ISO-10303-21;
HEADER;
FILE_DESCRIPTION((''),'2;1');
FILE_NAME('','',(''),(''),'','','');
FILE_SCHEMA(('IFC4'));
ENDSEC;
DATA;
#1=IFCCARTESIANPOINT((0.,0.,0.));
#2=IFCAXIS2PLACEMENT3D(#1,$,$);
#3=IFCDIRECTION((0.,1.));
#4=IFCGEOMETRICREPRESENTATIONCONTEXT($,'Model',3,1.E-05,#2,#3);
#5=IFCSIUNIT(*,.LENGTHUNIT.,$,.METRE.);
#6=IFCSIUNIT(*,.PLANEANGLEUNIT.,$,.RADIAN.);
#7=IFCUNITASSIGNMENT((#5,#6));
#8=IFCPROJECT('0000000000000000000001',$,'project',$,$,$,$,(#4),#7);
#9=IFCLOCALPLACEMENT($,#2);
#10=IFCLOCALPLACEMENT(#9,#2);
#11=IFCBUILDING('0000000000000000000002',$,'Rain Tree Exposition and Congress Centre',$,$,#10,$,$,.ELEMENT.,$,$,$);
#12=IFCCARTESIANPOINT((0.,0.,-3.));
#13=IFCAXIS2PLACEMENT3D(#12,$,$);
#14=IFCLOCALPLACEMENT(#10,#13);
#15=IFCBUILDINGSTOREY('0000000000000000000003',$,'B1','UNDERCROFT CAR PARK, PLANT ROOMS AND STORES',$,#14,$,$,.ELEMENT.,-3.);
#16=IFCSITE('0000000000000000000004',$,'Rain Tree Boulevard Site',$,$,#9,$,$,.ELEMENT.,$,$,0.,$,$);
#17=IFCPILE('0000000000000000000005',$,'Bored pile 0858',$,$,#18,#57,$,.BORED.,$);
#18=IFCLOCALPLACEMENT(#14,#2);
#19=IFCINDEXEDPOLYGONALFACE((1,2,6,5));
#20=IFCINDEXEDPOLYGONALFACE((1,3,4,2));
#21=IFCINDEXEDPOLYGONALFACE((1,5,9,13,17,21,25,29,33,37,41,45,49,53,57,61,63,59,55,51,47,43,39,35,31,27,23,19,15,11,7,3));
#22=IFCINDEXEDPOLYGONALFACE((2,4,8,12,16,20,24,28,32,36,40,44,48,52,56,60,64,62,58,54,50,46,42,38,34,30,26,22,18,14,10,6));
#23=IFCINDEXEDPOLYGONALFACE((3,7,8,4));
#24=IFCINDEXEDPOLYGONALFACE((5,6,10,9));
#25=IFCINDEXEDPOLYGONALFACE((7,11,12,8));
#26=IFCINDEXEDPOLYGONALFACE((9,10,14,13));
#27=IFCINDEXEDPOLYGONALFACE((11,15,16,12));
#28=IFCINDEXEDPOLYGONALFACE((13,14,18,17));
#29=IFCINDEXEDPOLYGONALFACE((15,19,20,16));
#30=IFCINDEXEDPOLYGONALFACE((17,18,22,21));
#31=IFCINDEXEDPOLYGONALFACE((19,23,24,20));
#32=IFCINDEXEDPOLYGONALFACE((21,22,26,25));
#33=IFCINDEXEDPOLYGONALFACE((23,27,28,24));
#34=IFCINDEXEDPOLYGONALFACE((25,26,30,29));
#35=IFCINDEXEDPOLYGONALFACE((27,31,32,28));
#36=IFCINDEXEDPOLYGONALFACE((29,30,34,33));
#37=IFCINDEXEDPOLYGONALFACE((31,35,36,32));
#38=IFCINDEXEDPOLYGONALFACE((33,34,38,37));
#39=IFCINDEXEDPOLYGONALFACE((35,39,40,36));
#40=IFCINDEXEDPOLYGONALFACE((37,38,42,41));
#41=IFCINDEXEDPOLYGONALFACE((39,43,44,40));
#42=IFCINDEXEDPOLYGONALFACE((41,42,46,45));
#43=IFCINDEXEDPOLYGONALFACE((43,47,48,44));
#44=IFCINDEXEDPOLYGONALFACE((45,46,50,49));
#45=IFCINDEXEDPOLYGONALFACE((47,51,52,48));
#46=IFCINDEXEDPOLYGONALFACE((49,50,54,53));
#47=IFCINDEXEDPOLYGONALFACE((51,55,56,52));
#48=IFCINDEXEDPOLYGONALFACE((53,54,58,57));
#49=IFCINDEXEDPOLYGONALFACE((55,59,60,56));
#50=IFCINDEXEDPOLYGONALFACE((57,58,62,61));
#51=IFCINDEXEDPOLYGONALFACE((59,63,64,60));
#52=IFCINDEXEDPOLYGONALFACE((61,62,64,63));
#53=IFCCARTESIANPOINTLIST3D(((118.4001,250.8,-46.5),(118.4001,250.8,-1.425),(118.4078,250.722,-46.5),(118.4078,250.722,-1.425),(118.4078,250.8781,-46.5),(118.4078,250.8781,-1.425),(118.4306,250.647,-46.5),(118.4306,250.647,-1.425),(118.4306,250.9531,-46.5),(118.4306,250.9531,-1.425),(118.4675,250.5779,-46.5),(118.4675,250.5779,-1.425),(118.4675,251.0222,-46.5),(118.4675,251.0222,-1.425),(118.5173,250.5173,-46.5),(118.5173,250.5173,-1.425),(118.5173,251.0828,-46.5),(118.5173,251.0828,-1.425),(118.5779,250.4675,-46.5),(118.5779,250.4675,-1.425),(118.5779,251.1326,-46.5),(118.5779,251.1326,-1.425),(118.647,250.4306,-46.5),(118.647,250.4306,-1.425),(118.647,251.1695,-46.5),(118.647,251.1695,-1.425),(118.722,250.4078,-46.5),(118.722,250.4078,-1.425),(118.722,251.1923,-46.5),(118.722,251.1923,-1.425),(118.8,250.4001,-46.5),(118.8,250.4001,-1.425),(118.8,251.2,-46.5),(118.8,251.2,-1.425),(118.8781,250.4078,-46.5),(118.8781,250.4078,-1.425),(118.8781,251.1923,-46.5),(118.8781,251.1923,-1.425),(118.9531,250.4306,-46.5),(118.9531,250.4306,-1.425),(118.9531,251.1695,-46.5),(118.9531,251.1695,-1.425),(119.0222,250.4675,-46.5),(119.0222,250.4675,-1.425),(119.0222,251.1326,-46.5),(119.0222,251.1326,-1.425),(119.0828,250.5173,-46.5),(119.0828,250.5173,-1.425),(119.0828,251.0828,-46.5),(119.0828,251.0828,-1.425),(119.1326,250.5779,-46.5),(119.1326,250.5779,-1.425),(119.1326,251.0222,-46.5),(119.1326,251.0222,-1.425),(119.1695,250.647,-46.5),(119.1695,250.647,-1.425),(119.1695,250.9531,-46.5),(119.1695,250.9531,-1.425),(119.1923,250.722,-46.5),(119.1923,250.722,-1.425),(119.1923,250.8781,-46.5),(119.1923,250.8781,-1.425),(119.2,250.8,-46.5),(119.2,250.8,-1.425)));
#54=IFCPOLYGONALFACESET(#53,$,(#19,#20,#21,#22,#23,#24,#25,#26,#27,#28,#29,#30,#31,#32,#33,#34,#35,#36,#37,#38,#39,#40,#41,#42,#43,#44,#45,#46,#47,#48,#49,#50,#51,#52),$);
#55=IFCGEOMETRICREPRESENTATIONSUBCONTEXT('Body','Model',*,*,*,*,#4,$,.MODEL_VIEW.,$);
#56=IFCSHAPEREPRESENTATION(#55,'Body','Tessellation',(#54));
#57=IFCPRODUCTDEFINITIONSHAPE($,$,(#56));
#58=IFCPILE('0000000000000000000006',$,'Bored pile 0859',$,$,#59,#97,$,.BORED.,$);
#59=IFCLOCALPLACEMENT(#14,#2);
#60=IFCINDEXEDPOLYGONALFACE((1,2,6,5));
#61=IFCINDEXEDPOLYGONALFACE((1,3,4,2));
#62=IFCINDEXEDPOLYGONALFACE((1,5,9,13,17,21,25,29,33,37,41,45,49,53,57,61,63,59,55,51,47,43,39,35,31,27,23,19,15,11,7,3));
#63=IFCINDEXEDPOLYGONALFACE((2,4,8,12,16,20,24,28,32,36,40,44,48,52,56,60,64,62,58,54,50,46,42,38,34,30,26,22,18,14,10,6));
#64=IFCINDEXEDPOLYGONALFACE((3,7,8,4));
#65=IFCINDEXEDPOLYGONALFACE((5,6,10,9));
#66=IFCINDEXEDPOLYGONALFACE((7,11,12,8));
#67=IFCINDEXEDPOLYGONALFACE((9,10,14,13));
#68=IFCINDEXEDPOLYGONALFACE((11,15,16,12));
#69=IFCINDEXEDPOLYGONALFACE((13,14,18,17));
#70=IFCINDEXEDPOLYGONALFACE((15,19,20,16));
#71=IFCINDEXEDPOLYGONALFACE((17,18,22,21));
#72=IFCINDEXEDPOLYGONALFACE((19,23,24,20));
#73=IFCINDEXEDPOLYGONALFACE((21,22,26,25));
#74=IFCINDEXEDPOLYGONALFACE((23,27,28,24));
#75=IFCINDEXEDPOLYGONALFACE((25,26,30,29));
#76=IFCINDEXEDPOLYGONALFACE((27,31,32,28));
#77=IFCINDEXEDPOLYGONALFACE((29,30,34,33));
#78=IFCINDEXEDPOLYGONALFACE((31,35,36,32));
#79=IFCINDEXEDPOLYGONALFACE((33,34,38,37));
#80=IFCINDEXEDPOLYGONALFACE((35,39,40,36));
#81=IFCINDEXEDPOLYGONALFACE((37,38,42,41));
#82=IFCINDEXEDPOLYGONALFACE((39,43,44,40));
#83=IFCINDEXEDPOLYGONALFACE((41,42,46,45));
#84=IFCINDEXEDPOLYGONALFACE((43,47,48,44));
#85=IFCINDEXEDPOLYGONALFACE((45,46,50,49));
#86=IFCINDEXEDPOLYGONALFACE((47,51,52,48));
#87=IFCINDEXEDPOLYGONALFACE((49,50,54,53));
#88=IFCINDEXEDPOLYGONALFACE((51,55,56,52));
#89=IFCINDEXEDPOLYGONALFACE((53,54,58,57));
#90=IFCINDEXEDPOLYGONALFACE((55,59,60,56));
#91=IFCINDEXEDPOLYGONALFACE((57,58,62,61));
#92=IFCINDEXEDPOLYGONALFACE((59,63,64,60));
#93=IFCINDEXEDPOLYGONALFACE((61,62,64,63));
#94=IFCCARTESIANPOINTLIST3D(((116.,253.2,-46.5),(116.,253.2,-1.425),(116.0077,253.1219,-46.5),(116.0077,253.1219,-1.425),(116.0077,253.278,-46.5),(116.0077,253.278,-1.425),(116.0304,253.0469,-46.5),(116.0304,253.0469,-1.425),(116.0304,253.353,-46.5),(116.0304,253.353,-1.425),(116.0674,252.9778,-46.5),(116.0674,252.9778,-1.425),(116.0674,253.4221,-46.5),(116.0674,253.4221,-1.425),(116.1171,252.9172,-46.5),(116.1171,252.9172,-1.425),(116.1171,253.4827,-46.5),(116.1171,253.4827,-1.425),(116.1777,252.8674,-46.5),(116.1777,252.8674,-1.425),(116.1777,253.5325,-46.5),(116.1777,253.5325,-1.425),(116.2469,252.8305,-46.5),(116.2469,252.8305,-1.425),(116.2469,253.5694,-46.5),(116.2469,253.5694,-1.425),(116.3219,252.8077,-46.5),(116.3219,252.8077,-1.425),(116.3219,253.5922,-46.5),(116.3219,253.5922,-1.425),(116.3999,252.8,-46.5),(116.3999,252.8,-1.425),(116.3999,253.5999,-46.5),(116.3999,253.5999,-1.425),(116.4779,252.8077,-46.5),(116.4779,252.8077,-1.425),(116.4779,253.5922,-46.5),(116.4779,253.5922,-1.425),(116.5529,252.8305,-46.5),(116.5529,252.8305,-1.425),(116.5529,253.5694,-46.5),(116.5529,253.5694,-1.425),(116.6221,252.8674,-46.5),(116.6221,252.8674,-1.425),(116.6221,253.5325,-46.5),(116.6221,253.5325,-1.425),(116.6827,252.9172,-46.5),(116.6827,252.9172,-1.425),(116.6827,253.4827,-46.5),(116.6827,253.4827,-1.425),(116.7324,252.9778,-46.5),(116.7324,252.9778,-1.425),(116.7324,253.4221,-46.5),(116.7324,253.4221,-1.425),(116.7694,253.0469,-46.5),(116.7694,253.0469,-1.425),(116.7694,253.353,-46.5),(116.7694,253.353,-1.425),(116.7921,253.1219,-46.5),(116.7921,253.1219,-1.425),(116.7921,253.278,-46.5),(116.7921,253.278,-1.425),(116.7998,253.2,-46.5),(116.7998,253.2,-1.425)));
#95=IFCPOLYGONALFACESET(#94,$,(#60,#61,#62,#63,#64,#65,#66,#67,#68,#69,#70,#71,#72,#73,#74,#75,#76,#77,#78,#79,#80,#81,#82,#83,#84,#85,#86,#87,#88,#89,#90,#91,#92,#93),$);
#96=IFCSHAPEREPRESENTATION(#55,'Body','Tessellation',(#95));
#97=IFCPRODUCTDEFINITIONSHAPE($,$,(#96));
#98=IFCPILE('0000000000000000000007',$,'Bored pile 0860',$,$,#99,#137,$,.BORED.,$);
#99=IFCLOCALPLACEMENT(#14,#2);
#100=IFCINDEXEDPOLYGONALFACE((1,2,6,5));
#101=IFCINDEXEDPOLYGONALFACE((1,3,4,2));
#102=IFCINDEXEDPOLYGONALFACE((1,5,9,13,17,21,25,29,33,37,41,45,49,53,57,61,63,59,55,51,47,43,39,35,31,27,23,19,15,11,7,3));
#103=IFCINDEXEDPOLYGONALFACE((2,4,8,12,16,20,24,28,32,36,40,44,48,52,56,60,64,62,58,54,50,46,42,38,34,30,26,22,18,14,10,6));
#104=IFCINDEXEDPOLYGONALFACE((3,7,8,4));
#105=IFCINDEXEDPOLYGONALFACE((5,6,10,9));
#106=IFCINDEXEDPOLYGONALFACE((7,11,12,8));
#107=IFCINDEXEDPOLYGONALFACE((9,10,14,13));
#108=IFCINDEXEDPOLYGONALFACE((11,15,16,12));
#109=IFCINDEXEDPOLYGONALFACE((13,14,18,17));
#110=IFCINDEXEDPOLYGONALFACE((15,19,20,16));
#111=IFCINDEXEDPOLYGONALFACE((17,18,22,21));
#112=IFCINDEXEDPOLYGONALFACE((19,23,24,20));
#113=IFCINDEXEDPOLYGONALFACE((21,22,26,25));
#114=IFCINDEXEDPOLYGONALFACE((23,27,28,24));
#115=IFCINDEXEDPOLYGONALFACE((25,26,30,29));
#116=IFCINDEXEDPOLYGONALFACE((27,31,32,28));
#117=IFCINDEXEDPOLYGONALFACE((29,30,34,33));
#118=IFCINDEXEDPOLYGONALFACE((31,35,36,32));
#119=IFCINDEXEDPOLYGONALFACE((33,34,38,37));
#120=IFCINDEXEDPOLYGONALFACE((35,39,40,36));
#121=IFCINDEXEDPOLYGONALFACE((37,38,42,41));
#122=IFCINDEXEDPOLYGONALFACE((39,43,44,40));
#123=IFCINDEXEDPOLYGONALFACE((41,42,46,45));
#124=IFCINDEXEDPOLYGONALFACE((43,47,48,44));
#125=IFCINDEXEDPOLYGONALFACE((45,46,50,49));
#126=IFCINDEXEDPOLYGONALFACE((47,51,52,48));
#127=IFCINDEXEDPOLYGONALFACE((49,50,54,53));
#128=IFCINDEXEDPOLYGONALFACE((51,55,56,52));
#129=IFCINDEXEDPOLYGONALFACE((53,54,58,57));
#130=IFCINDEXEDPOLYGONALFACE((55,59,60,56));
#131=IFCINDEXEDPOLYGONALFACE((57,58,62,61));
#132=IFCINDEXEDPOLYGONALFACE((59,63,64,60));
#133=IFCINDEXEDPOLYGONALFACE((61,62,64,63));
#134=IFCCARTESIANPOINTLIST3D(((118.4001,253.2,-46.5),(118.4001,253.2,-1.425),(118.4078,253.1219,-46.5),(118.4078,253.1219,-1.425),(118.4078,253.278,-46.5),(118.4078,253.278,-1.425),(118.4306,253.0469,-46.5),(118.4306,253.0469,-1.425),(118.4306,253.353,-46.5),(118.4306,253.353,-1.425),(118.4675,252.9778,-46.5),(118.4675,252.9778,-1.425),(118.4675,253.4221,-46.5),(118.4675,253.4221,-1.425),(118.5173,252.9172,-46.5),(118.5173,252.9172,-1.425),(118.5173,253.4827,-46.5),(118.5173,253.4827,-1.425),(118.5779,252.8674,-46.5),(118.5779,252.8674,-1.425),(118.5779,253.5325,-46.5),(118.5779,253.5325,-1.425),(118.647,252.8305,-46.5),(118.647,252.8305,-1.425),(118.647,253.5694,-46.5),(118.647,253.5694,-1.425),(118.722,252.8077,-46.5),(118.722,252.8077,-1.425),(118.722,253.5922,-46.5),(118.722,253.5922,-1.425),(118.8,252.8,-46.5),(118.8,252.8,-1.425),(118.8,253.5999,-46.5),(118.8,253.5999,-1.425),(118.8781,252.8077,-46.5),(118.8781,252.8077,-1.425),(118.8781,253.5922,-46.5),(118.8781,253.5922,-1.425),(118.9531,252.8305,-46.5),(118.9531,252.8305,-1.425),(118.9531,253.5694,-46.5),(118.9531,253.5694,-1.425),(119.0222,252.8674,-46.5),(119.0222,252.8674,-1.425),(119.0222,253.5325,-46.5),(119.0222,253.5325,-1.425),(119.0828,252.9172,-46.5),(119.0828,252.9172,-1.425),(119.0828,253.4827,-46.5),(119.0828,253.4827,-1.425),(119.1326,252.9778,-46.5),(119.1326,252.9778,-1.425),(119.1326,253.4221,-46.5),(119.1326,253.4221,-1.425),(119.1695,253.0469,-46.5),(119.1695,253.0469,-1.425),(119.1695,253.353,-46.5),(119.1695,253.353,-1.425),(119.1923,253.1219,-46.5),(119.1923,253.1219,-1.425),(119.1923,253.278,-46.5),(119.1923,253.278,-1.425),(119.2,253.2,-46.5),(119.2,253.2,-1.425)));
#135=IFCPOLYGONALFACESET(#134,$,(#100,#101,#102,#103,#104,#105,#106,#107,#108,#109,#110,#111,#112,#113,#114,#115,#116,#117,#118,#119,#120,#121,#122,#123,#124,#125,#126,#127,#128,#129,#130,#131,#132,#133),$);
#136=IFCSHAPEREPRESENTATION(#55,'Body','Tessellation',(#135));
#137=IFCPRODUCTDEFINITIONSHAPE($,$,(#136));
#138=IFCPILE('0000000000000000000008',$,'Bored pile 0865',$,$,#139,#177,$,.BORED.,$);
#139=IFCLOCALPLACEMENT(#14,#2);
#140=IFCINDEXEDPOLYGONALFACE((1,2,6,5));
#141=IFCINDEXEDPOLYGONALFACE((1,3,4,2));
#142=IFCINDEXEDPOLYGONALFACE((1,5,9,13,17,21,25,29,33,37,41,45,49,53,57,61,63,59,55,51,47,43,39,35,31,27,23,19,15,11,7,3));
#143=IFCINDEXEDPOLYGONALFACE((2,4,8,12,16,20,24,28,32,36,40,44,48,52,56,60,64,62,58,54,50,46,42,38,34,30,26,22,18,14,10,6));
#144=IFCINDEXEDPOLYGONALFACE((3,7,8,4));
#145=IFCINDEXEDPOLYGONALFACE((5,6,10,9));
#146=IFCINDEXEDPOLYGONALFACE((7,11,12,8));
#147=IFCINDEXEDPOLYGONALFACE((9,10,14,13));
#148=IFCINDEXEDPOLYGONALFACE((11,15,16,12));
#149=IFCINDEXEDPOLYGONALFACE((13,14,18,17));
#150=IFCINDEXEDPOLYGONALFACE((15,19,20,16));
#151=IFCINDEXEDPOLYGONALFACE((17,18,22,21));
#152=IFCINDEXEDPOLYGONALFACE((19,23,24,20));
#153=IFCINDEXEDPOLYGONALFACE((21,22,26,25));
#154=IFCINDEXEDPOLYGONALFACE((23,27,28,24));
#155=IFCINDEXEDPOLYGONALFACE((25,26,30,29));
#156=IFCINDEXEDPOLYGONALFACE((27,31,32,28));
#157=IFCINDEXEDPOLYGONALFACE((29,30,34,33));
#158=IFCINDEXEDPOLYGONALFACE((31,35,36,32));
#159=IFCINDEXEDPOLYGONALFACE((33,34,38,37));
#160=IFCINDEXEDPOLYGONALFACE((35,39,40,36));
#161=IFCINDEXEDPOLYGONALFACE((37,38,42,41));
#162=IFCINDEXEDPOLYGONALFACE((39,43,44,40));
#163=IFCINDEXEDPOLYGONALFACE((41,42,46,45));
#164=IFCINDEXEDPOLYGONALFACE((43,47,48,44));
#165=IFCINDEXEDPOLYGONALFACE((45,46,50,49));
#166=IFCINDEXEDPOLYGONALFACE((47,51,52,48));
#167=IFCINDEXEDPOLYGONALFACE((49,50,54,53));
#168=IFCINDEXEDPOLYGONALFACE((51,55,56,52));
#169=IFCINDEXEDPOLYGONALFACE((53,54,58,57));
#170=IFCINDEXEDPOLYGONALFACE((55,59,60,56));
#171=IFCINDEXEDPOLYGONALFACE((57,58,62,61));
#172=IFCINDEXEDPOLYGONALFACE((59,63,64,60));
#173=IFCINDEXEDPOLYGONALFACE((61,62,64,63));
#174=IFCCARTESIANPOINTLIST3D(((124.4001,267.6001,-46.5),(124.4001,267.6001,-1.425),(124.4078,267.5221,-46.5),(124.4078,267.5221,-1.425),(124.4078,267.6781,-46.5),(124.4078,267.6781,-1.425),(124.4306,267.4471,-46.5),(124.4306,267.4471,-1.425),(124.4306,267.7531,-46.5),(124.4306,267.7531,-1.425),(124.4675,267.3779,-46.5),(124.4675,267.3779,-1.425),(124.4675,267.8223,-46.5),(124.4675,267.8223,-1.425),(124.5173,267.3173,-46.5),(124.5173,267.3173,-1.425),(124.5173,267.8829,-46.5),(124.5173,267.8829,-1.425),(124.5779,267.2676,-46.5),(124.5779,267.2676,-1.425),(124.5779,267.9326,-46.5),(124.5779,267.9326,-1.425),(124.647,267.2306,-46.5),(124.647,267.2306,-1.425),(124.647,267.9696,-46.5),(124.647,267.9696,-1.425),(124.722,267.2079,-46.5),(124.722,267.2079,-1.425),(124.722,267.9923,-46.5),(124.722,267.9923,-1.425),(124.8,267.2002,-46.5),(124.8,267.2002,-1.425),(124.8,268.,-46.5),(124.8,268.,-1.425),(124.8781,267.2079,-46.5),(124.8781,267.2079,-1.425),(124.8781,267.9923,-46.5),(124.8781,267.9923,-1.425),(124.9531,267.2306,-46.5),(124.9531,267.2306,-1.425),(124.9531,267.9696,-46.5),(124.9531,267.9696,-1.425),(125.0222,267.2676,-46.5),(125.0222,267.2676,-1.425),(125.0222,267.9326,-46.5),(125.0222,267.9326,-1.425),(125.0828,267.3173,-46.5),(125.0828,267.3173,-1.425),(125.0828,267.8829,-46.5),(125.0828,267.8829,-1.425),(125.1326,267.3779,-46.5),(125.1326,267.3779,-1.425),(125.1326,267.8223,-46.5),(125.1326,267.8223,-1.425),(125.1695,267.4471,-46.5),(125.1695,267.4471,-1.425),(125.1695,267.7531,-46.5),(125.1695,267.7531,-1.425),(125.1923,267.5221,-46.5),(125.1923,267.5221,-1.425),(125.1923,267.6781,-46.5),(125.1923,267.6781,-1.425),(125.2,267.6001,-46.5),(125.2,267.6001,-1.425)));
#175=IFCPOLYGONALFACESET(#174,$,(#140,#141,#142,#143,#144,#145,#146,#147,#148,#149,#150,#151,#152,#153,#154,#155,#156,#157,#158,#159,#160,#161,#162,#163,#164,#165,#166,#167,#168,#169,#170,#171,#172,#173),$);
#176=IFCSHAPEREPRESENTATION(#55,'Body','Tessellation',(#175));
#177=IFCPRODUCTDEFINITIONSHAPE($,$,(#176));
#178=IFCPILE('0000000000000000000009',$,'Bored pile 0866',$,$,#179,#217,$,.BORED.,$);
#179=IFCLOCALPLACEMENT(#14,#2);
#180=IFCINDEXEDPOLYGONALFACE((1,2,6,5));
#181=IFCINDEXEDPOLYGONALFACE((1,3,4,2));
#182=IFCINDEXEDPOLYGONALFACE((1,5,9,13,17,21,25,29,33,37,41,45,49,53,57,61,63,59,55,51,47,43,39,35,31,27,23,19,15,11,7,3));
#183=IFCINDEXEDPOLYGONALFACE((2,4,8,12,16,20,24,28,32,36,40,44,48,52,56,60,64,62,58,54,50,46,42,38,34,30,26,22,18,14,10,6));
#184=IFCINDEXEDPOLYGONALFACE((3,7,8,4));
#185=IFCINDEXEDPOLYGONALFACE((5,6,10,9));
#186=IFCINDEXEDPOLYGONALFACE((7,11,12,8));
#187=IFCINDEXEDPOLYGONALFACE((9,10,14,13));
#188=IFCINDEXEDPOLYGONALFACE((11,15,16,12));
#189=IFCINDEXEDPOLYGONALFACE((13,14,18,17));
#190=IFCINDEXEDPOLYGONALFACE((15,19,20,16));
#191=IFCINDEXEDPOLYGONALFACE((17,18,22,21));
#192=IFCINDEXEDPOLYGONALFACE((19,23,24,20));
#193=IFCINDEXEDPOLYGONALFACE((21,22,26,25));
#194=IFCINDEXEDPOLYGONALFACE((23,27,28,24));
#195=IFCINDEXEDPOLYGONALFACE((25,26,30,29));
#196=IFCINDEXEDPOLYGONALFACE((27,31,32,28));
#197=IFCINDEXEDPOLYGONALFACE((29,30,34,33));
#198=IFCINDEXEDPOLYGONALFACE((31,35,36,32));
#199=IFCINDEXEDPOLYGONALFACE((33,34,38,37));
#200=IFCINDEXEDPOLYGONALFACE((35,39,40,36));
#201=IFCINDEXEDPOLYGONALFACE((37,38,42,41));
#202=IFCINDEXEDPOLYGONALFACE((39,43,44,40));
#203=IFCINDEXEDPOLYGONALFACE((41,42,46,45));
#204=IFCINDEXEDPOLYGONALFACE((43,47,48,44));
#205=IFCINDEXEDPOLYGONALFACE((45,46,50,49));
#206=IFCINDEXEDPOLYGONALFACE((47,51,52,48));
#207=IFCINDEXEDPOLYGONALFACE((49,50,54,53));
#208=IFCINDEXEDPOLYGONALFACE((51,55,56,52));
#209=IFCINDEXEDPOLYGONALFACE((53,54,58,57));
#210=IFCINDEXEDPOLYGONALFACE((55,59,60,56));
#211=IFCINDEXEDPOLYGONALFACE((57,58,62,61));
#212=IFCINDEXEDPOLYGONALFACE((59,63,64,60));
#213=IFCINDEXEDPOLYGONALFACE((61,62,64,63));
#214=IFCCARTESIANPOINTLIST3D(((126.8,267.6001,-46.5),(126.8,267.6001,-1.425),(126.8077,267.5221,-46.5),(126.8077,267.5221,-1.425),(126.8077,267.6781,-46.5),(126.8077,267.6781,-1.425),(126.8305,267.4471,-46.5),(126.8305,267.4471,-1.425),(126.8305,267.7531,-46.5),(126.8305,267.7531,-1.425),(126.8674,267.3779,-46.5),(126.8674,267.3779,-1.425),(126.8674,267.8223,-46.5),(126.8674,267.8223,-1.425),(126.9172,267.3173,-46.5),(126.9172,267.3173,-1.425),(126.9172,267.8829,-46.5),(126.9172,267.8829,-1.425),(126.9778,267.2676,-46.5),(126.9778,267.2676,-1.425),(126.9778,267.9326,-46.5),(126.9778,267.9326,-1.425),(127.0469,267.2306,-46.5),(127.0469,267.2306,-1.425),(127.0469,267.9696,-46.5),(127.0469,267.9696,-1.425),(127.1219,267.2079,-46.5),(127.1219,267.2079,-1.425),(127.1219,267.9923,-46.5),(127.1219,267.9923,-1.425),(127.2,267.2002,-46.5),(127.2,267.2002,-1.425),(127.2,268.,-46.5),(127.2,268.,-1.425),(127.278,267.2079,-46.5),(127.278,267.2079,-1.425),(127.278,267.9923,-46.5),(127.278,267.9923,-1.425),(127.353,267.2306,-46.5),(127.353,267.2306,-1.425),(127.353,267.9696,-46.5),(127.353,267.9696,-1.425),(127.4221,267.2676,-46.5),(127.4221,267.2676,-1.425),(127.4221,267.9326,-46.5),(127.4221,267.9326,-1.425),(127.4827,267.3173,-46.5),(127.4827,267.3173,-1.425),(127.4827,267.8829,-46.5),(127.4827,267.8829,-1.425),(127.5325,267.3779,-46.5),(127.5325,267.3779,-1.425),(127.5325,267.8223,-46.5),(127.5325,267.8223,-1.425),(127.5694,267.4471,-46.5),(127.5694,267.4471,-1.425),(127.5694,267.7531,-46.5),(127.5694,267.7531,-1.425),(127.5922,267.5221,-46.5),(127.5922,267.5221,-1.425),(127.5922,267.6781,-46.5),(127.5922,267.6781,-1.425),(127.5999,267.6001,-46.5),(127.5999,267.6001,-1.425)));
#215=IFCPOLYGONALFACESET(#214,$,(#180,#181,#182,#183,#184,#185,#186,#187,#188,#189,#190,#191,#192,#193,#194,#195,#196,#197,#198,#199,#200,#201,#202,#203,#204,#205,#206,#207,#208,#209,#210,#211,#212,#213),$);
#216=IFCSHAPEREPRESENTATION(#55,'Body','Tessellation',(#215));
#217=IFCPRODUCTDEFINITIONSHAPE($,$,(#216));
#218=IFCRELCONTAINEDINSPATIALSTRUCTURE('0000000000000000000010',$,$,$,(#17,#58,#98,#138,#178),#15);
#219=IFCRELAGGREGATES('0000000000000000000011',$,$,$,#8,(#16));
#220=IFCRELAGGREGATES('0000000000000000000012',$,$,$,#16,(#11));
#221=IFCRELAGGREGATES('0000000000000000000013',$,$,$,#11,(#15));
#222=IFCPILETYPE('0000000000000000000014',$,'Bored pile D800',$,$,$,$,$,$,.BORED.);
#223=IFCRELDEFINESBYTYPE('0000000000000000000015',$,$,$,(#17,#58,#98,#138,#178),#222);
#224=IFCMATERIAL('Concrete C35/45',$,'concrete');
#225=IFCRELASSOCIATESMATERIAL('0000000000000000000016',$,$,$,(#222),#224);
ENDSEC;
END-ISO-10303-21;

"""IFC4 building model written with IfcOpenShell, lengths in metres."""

from ifc_helpers import new_model, si_unit, direction, frame, origin, origin_2d, place, context, subcontext, project, spatial, circle, extrude, material, material_profile, profile_set, type_object, element, save


model = new_model("IFC4")

# Units and contexts
model_context = context("Model", 3, precision=1e-05, world=origin(), true_north=direction((0.0, 1.0)))
body_context = subcontext(model_context, "Body", "Model", "MODEL_VIEW")
ifc_project = project(units=[si_unit("LENGTHUNIT", "METRE"), si_unit("PLANEANGLEUNIT", "RADIAN")], contexts=[model_context])

# Site, building, storey
site_placement = place(None, origin())
site = spatial("IfcSite", under=ifc_project, at=site_placement, Name="Rain Tree Boulevard Site", CompositionType="ELEMENT", RefElevation=0.0)
building_placement = place(site_placement, origin())
building = spatial("IfcBuilding", under=site, at=building_placement, Name="Rain Tree Exposition and Congress Centre", CompositionType="ELEMENT")
storey_placement = place(building_placement, frame((0.0, 0.0, -3.0)))
storey = spatial("IfcBuildingStorey", under=building, at=storey_placement, Name="B1", Description="UNDERCROFT CAR PARK, PLANT ROOMS AND STORES", CompositionType="ELEMENT", Elevation=-3.0)

# Piles
ifc_material_1 = material(Name="Concrete C35/45", Category="concrete")
ifc_material_profile_1 = material_profile(ifc_material_1, circle(Radius=0.3999, at=origin_2d()), Name="D800")
ifc_profile_set_1 = profile_set([ifc_material_profile_1], Name="Concrete C35/45")
pile_type_1 = type_object("IfcPileType", Name="Bored pile D800", PredefinedType="BORED", material=ifc_profile_set_1)
for number, where, z_axis, x_axis, name in (
    (1, (118.8, 250.8, -1.425), (0.0, 0.0, -1.0), (1.0, 0.0, 0.0), "Bored pile 0858"),
    (2, (116.3999, 253.2, -1.425), (0.0, 0.0, -1.0), (1.0, 0.0, 0.0), "Bored pile 0859"),
    (3, (118.8, 253.2, -1.425), (0.0, 0.0, -1.0), (1.0, 0.0, 0.0), "Bored pile 0860"),
    (4, (124.8, 267.6001, -1.425), (0.0, 0.0, -1.0), (1.0, 0.0, 0.0), "Bored pile 0865"),
    (5, (127.2, 267.6001, -1.425), (0.0, 0.0, -1.0), (1.0, 0.0, 0.0), "Bored pile 0866"),
):
    element("IfcPile", number, at=place(storey_placement, frame(where, z_axis=z_axis, x_axis=x_axis)), inside=storey, type_object=pile_type_1, Name=name, PredefinedType="BORED", context=body_context, shape_type="SweptSolid", body=[
        extrude(circle(Radius=0.3999, at=origin_2d()), origin(), (0.0, 0.0, 1.0), 45.075),
    ])

save(model, "model.ifc")
